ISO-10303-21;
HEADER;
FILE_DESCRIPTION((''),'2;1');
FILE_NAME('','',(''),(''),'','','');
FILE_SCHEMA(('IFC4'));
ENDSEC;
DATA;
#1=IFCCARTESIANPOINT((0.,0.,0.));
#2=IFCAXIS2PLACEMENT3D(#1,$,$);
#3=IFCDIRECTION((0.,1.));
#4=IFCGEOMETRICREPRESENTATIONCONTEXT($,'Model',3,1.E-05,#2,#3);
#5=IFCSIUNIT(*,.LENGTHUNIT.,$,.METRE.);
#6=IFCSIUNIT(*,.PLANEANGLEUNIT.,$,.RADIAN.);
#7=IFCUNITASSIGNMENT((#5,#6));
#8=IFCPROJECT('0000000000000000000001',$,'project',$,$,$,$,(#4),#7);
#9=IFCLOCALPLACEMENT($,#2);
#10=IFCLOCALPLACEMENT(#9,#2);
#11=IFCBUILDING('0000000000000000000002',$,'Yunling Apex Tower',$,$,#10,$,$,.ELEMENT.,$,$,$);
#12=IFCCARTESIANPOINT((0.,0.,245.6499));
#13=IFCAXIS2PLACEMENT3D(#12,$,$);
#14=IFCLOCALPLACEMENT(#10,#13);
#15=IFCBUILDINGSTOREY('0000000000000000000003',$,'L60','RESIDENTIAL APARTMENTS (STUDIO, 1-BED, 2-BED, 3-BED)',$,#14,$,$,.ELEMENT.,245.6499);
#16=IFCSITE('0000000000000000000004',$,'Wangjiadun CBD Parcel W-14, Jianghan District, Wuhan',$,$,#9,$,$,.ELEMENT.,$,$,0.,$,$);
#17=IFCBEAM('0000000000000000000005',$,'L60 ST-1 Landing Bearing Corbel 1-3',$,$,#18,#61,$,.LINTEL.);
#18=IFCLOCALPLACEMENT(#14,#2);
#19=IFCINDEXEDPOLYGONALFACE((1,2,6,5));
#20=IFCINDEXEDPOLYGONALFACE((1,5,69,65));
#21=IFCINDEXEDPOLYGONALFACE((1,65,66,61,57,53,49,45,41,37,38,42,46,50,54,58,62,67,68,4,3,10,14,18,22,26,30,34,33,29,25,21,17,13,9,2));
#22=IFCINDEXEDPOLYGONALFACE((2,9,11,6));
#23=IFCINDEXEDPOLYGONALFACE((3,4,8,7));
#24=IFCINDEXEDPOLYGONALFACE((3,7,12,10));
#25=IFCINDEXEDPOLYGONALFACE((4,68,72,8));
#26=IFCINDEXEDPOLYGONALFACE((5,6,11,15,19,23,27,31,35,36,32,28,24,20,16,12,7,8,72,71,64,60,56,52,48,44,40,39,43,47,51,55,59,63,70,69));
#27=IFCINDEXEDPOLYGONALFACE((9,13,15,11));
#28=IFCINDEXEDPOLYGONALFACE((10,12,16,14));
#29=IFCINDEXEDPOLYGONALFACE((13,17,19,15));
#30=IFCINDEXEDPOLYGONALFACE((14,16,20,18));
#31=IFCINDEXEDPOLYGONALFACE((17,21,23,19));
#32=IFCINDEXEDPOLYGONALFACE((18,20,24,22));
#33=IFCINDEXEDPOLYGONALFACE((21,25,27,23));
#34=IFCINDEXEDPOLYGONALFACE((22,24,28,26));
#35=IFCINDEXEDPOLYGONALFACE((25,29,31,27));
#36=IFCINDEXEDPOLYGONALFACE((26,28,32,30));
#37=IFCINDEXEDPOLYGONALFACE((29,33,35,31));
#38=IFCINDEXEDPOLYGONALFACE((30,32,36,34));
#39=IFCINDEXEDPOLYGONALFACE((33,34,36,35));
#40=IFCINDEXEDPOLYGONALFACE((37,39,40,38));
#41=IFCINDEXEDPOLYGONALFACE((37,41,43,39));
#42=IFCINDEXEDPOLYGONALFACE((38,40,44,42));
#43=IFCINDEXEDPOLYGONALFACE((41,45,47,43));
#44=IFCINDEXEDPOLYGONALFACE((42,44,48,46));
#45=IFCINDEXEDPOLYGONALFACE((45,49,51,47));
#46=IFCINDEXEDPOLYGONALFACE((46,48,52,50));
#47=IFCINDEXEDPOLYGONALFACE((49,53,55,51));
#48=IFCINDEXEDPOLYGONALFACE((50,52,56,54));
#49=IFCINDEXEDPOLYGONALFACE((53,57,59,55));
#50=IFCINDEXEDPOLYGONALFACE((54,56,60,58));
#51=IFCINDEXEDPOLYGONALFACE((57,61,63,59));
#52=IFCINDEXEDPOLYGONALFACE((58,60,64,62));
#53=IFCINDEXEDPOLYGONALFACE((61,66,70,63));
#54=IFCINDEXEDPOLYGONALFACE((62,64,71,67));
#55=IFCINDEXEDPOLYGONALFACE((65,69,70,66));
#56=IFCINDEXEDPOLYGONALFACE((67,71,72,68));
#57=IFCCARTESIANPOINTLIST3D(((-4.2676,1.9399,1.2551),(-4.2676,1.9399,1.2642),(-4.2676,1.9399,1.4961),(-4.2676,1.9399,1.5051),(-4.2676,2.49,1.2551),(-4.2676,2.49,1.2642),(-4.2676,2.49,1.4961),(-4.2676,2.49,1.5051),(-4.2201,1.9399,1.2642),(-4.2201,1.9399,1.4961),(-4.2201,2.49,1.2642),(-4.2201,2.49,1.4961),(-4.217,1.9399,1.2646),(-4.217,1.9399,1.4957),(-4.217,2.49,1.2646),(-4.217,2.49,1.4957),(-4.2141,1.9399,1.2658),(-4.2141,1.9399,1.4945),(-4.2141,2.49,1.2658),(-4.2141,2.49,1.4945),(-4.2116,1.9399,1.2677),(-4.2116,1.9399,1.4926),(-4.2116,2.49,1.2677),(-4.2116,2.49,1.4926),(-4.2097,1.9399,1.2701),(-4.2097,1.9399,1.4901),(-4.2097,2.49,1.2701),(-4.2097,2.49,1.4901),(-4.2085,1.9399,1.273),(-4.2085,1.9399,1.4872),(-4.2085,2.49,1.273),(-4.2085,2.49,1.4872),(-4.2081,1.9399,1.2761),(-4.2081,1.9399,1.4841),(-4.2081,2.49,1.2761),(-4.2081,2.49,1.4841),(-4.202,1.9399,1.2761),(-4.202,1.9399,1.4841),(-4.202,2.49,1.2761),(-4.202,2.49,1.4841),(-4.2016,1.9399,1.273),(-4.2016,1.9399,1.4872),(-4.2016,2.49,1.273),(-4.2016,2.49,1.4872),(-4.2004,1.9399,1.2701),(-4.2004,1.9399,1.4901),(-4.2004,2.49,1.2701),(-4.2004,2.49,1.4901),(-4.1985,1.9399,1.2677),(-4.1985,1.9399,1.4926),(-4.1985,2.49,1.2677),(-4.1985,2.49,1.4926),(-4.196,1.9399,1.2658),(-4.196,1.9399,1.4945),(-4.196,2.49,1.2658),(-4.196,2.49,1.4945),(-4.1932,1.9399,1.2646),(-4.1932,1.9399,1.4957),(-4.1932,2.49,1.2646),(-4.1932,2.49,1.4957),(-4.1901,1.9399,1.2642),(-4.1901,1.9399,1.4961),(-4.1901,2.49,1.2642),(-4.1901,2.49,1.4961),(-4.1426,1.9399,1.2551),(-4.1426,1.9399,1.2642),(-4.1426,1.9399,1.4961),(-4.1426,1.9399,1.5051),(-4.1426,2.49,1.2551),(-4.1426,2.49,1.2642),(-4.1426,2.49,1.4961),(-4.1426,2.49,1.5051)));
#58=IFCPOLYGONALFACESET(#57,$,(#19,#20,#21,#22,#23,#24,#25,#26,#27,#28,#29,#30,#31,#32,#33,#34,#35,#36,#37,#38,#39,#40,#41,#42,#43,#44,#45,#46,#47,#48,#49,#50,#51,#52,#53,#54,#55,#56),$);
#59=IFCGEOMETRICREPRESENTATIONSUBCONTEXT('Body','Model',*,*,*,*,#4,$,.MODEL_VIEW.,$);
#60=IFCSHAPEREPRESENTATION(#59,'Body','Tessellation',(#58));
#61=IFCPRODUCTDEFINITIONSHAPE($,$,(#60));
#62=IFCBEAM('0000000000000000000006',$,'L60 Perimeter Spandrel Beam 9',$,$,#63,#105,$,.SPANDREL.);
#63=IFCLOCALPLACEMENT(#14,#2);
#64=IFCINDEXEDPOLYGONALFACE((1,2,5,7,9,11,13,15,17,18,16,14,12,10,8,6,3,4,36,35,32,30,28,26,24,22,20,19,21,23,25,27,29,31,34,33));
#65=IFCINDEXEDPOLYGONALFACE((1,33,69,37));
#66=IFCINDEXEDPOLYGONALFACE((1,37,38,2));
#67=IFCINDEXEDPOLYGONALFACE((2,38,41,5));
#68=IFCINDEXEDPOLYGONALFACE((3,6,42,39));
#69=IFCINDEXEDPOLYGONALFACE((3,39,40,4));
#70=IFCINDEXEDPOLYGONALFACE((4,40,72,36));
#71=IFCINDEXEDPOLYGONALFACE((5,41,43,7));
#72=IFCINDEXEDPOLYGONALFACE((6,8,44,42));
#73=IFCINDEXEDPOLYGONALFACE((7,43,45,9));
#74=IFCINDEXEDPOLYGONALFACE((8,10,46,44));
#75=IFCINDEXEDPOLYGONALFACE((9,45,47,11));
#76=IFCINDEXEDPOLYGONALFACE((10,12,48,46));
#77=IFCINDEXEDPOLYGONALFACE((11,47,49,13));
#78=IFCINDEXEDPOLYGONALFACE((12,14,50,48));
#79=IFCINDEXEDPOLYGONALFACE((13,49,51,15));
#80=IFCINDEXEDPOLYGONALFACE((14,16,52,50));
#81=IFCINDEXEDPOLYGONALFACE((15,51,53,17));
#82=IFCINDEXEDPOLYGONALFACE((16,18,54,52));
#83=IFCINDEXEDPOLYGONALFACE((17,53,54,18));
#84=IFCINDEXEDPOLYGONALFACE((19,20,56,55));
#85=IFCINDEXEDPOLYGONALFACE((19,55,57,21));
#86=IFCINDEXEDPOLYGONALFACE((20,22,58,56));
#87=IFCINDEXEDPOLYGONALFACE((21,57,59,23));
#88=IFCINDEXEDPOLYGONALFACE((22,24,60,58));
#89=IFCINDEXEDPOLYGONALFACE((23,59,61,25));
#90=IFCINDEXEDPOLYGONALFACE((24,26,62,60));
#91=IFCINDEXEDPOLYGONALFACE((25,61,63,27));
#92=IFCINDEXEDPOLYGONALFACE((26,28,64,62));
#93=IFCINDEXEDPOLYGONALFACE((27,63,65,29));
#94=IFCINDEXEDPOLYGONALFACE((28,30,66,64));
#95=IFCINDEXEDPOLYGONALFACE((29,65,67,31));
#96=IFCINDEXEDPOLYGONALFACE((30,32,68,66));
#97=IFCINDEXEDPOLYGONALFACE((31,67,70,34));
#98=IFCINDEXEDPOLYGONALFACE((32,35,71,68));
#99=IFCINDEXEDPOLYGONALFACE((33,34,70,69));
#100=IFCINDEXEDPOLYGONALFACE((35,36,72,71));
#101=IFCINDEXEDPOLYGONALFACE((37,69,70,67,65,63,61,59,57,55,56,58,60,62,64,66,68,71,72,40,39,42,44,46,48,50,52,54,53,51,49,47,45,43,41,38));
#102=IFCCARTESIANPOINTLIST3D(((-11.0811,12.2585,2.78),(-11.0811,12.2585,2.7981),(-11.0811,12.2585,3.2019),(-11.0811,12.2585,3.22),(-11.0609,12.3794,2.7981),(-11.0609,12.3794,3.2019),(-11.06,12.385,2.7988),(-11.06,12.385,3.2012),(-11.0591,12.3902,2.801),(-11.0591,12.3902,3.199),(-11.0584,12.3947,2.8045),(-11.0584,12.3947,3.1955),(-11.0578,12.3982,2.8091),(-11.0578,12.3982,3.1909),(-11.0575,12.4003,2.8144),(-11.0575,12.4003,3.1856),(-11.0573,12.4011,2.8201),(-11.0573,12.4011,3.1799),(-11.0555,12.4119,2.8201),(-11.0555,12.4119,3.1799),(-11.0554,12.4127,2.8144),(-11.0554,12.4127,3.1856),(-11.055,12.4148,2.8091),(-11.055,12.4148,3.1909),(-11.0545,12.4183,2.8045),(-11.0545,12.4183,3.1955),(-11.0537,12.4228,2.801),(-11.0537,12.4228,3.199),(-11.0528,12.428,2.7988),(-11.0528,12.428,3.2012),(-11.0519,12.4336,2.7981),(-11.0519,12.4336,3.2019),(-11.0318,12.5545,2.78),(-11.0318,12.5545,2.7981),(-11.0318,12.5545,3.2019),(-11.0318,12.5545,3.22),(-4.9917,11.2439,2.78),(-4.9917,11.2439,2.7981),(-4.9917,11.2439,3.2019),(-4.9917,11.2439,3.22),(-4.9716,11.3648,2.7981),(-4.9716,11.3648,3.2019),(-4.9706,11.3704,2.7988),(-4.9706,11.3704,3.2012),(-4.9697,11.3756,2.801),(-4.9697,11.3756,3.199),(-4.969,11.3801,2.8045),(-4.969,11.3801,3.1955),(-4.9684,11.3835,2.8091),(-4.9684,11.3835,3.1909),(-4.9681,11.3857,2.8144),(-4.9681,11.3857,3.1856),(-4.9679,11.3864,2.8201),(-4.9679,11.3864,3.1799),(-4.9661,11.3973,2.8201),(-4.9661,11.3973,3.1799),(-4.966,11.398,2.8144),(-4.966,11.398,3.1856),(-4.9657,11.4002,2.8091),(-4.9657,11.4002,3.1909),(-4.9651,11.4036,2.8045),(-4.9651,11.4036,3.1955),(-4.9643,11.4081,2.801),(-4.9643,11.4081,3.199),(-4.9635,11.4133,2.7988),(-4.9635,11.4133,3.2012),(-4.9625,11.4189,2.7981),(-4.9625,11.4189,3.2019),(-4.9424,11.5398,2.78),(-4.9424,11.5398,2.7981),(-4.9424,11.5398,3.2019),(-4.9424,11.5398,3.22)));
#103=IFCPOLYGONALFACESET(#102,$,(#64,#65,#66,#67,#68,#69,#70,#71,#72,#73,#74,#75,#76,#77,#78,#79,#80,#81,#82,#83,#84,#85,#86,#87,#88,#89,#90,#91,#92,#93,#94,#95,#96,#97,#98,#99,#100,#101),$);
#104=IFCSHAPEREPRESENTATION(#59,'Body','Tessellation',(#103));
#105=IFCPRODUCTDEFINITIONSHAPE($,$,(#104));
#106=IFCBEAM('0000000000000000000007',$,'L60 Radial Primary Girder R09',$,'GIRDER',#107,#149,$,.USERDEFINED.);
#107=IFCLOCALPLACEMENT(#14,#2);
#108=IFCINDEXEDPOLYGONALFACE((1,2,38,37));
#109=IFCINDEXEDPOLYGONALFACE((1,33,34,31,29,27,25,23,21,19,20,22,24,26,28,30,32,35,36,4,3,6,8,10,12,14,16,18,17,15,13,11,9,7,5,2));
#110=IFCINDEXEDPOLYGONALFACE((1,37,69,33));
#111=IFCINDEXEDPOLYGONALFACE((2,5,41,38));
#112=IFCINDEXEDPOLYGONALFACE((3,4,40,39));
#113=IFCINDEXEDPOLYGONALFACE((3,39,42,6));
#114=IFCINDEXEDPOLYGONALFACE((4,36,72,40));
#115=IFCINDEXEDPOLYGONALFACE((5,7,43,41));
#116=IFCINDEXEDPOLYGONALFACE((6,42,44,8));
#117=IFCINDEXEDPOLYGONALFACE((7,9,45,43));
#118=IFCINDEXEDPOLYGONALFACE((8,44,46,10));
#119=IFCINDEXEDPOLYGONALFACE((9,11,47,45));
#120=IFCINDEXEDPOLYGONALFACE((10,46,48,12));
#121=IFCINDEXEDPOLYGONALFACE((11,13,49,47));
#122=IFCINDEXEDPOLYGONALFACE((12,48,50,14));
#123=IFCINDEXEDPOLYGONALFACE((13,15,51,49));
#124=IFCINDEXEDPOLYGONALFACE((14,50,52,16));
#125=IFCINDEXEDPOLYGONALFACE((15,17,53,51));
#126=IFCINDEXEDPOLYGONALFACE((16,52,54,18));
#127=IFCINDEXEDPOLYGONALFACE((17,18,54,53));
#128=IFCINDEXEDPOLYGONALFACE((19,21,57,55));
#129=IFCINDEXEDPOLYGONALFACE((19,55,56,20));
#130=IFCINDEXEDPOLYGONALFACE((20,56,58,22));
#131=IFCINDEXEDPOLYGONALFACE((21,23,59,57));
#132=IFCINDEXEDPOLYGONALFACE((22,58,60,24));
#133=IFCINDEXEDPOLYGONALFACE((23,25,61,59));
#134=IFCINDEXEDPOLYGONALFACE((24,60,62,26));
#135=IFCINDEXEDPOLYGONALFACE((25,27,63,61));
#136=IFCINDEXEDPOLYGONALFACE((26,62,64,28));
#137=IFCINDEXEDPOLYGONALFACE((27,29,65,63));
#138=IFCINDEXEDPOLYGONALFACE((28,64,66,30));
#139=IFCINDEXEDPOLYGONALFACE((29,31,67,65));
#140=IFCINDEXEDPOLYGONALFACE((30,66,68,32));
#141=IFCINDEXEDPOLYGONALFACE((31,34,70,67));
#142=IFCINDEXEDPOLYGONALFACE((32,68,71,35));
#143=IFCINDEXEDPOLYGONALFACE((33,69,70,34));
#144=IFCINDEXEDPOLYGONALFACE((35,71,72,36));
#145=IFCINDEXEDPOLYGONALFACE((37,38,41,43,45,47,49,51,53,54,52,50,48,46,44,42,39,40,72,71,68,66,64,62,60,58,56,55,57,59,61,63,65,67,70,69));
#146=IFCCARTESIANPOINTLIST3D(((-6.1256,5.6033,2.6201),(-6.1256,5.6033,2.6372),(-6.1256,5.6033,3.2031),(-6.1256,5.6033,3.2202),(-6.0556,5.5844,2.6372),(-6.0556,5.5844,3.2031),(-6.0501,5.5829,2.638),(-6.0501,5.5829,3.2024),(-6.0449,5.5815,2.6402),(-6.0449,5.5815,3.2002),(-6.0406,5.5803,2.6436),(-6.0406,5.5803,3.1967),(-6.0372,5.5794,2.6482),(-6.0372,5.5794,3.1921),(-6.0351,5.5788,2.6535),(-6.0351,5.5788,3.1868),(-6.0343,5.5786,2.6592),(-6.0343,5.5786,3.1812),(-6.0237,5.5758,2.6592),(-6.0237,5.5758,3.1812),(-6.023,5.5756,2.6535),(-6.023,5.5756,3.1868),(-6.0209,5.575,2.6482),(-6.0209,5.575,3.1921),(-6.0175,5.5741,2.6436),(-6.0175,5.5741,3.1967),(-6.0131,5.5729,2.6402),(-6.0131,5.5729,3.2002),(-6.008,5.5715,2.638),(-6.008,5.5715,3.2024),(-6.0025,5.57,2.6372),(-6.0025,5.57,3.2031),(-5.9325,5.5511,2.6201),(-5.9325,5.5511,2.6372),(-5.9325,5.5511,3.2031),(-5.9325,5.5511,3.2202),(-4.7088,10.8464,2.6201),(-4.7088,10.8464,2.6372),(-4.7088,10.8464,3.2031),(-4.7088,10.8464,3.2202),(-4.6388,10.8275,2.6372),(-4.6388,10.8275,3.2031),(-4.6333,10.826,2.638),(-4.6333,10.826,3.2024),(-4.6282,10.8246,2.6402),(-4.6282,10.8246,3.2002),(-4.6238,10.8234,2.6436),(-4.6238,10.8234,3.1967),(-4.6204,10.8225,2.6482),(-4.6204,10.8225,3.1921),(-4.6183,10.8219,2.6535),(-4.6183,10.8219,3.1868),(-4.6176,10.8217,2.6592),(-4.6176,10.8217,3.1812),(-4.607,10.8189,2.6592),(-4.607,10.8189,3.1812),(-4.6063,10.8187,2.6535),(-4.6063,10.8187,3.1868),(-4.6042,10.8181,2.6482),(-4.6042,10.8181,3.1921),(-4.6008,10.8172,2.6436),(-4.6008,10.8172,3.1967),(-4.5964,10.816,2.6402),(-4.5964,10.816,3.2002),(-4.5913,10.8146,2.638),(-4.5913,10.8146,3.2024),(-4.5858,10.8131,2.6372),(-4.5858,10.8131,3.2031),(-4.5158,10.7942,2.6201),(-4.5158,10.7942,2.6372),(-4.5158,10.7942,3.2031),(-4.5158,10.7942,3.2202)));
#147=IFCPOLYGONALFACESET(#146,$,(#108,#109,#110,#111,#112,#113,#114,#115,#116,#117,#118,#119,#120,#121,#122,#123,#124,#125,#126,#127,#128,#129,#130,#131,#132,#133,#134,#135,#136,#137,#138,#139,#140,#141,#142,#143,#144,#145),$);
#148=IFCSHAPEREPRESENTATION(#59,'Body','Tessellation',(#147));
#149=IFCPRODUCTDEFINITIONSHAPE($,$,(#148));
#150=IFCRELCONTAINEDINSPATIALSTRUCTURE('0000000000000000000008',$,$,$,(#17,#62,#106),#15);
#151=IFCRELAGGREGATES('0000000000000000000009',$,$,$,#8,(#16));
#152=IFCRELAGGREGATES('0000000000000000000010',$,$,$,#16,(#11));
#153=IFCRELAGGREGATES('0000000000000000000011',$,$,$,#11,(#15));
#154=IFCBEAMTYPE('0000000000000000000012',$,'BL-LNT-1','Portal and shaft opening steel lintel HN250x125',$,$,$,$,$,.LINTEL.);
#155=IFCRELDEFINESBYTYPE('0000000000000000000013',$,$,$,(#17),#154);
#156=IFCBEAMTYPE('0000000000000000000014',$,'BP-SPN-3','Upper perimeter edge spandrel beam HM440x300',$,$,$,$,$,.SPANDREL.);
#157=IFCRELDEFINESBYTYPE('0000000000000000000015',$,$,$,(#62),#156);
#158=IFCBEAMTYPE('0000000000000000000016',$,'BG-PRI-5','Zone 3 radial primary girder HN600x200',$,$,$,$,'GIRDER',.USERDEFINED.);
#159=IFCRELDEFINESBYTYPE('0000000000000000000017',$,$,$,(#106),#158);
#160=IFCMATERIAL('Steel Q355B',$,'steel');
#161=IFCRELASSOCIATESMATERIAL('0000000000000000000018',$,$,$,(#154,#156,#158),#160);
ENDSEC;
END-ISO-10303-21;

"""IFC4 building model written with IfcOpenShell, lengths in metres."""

from ifc_helpers import new_model, si_unit, direction, frame, origin, origin_2d, place, context, subcontext, project, spatial, i_section, extrude, source, transform, mapped, material, material_profile, profile_set, type_object, element, save


model = new_model("IFC4")

# Units and contexts
model_context = context("Model", 3, precision=1e-05, world=origin(), true_north=direction((0.0, 1.0)))
body_context = subcontext(model_context, "Body", "Model", "MODEL_VIEW")
ifc_project = project(units=[si_unit("LENGTHUNIT", "METRE"), si_unit("PLANEANGLEUNIT", "RADIAN")], contexts=[model_context])

# Site, building, storey
site_placement = place(None, origin())
site = spatial("IfcSite", under=ifc_project, at=site_placement, Name="Wangjiadun CBD Parcel W-14, Jianghan District, Wuhan", CompositionType="ELEMENT", RefElevation=0.0)
building_placement = place(site_placement, origin())
building = spatial("IfcBuilding", under=site, at=building_placement, Name="Yunling Apex Tower", CompositionType="ELEMENT")
storey_placement = place(building_placement, frame((0.0, 0.0, 245.6499)))
storey = spatial("IfcBuildingStorey", under=building, at=storey_placement, Name="L60", Description="RESIDENTIAL APARTMENTS (STUDIO, 1-BED, 2-BED, 3-BED)", CompositionType="ELEMENT", Elevation=245.6499)

# Beams
ifc_material_1 = material(Name="Steel Q355B", Category="steel")
ifc_material_profile_1 = material_profile(ifc_material_1, i_section(OverallWidth=0.125, OverallDepth=0.25, WebThickness=0.0061, FlangeThickness=0.009, FilletRadius=0.012, at=origin_2d()))
ifc_profile_set_1 = profile_set([ifc_material_profile_1], Name="Steel Q355B")
beam_type_1 = type_object("IfcBeamType", Name="BL-LNT-1", Description="Portal and shaft opening steel lintel HN250x125", PredefinedType="LINTEL", material=ifc_profile_set_1)
shared_shape_1 = source(origin(), body_context, "Body", "SweptSolid", [
    extrude(i_section(OverallWidth=0.125, OverallDepth=0.25, WebThickness=0.0061, FlangeThickness=0.009, FilletRadius=0.012, at=origin_2d()), origin(), (0.0, 0.0, 1.0), 0.55),
])
beam_1_placement = place(storey_placement, frame((-4.2051, 1.9399, 1.3801), z_axis=(0.0, 1.0, 0.0), x_axis=(-1.0, 0.0, 0.0)))
element("IfcBeam", 1, at=beam_1_placement, inside=storey, type_object=beam_type_1, Name="L60 ST-1 Landing Bearing Corbel 1-3", PredefinedType="LINTEL", context=body_context, shape_type="MappedRepresentation", body=[
    mapped(shared_shape_1, transform((0.0, 0.0, 0.0), scale=1.0)),
])
ifc_material_profile_2 = material_profile(ifc_material_1, i_section(OverallWidth=0.3, OverallDepth=0.4399, WebThickness=0.011, FlangeThickness=0.0181, FilletRadius=0.022, at=origin_2d()))
ifc_profile_set_2 = profile_set([ifc_material_profile_2], Name="Steel Q355B")
beam_type_2 = type_object("IfcBeamType", Name="BP-SPN-3", Description="Upper perimeter edge spandrel beam HM440x300", PredefinedType="SPANDREL", material=ifc_profile_set_2)
shared_shape_2 = source(origin(), body_context, "Body", "SweptSolid", [
    extrude(i_section(OverallWidth=0.3, OverallDepth=0.4399, WebThickness=0.011, FlangeThickness=0.0181, FilletRadius=0.022, at=origin_2d()), origin(), (0.0, 0.0, 1.0), 6.1733),
])
beam_2_placement = place(storey_placement, frame((-4.967, 11.3918, 3.0), z_axis=(-0.9864, 0.164361, 0.0), x_axis=(-0.164361, -0.9864, 0.0)))
element("IfcBeam", 2, at=beam_2_placement, inside=storey, type_object=beam_type_2, Name="L60 Perimeter Spandrel Beam 9", PredefinedType="SPANDREL", context=body_context, shape_type="MappedRepresentation", body=[
    mapped(shared_shape_2, transform((0.0, 0.0, 0.0), scale=1.0)),
])
ifc_material_profile_3 = material_profile(ifc_material_1, i_section(OverallWidth=0.2, OverallDepth=0.6001, WebThickness=0.011, FlangeThickness=0.0171, FilletRadius=0.022, at=origin_2d()))
ifc_profile_set_3 = profile_set([ifc_material_profile_3], Name="Steel Q355B")
beam_type_3 = type_object("IfcBeamType", Name="BG-PRI-5", Description="Zone 3 radial primary girder HN600x200", ElementType="GIRDER", PredefinedType="USERDEFINED", material=ifc_profile_set_3)
shared_shape_3 = source(origin(), body_context, "Body", "SweptSolid", [
    extrude(i_section(OverallWidth=0.2, OverallDepth=0.6001, WebThickness=0.011, FlangeThickness=0.0171, FilletRadius=0.022, at=origin_2d()), origin(), (0.0, 0.0, 1.0), 5.4312),
])
beam_3_placement = place(storey_placement, frame((-4.6123, 10.8203, 2.9202), z_axis=(-0.260854, -0.965378, 0.0), x_axis=(0.965378, -0.260854, 0.0)))
element("IfcBeam", 3, at=beam_3_placement, inside=storey, type_object=beam_type_3, Name="L60 Radial Primary Girder R09", ObjectType="GIRDER", PredefinedType="USERDEFINED", context=body_context, shape_type="MappedRepresentation", body=[
    mapped(shared_shape_3, transform((0.0, 0.0, 0.0), scale=1.0)),
])

save(model, "model.ifc")
